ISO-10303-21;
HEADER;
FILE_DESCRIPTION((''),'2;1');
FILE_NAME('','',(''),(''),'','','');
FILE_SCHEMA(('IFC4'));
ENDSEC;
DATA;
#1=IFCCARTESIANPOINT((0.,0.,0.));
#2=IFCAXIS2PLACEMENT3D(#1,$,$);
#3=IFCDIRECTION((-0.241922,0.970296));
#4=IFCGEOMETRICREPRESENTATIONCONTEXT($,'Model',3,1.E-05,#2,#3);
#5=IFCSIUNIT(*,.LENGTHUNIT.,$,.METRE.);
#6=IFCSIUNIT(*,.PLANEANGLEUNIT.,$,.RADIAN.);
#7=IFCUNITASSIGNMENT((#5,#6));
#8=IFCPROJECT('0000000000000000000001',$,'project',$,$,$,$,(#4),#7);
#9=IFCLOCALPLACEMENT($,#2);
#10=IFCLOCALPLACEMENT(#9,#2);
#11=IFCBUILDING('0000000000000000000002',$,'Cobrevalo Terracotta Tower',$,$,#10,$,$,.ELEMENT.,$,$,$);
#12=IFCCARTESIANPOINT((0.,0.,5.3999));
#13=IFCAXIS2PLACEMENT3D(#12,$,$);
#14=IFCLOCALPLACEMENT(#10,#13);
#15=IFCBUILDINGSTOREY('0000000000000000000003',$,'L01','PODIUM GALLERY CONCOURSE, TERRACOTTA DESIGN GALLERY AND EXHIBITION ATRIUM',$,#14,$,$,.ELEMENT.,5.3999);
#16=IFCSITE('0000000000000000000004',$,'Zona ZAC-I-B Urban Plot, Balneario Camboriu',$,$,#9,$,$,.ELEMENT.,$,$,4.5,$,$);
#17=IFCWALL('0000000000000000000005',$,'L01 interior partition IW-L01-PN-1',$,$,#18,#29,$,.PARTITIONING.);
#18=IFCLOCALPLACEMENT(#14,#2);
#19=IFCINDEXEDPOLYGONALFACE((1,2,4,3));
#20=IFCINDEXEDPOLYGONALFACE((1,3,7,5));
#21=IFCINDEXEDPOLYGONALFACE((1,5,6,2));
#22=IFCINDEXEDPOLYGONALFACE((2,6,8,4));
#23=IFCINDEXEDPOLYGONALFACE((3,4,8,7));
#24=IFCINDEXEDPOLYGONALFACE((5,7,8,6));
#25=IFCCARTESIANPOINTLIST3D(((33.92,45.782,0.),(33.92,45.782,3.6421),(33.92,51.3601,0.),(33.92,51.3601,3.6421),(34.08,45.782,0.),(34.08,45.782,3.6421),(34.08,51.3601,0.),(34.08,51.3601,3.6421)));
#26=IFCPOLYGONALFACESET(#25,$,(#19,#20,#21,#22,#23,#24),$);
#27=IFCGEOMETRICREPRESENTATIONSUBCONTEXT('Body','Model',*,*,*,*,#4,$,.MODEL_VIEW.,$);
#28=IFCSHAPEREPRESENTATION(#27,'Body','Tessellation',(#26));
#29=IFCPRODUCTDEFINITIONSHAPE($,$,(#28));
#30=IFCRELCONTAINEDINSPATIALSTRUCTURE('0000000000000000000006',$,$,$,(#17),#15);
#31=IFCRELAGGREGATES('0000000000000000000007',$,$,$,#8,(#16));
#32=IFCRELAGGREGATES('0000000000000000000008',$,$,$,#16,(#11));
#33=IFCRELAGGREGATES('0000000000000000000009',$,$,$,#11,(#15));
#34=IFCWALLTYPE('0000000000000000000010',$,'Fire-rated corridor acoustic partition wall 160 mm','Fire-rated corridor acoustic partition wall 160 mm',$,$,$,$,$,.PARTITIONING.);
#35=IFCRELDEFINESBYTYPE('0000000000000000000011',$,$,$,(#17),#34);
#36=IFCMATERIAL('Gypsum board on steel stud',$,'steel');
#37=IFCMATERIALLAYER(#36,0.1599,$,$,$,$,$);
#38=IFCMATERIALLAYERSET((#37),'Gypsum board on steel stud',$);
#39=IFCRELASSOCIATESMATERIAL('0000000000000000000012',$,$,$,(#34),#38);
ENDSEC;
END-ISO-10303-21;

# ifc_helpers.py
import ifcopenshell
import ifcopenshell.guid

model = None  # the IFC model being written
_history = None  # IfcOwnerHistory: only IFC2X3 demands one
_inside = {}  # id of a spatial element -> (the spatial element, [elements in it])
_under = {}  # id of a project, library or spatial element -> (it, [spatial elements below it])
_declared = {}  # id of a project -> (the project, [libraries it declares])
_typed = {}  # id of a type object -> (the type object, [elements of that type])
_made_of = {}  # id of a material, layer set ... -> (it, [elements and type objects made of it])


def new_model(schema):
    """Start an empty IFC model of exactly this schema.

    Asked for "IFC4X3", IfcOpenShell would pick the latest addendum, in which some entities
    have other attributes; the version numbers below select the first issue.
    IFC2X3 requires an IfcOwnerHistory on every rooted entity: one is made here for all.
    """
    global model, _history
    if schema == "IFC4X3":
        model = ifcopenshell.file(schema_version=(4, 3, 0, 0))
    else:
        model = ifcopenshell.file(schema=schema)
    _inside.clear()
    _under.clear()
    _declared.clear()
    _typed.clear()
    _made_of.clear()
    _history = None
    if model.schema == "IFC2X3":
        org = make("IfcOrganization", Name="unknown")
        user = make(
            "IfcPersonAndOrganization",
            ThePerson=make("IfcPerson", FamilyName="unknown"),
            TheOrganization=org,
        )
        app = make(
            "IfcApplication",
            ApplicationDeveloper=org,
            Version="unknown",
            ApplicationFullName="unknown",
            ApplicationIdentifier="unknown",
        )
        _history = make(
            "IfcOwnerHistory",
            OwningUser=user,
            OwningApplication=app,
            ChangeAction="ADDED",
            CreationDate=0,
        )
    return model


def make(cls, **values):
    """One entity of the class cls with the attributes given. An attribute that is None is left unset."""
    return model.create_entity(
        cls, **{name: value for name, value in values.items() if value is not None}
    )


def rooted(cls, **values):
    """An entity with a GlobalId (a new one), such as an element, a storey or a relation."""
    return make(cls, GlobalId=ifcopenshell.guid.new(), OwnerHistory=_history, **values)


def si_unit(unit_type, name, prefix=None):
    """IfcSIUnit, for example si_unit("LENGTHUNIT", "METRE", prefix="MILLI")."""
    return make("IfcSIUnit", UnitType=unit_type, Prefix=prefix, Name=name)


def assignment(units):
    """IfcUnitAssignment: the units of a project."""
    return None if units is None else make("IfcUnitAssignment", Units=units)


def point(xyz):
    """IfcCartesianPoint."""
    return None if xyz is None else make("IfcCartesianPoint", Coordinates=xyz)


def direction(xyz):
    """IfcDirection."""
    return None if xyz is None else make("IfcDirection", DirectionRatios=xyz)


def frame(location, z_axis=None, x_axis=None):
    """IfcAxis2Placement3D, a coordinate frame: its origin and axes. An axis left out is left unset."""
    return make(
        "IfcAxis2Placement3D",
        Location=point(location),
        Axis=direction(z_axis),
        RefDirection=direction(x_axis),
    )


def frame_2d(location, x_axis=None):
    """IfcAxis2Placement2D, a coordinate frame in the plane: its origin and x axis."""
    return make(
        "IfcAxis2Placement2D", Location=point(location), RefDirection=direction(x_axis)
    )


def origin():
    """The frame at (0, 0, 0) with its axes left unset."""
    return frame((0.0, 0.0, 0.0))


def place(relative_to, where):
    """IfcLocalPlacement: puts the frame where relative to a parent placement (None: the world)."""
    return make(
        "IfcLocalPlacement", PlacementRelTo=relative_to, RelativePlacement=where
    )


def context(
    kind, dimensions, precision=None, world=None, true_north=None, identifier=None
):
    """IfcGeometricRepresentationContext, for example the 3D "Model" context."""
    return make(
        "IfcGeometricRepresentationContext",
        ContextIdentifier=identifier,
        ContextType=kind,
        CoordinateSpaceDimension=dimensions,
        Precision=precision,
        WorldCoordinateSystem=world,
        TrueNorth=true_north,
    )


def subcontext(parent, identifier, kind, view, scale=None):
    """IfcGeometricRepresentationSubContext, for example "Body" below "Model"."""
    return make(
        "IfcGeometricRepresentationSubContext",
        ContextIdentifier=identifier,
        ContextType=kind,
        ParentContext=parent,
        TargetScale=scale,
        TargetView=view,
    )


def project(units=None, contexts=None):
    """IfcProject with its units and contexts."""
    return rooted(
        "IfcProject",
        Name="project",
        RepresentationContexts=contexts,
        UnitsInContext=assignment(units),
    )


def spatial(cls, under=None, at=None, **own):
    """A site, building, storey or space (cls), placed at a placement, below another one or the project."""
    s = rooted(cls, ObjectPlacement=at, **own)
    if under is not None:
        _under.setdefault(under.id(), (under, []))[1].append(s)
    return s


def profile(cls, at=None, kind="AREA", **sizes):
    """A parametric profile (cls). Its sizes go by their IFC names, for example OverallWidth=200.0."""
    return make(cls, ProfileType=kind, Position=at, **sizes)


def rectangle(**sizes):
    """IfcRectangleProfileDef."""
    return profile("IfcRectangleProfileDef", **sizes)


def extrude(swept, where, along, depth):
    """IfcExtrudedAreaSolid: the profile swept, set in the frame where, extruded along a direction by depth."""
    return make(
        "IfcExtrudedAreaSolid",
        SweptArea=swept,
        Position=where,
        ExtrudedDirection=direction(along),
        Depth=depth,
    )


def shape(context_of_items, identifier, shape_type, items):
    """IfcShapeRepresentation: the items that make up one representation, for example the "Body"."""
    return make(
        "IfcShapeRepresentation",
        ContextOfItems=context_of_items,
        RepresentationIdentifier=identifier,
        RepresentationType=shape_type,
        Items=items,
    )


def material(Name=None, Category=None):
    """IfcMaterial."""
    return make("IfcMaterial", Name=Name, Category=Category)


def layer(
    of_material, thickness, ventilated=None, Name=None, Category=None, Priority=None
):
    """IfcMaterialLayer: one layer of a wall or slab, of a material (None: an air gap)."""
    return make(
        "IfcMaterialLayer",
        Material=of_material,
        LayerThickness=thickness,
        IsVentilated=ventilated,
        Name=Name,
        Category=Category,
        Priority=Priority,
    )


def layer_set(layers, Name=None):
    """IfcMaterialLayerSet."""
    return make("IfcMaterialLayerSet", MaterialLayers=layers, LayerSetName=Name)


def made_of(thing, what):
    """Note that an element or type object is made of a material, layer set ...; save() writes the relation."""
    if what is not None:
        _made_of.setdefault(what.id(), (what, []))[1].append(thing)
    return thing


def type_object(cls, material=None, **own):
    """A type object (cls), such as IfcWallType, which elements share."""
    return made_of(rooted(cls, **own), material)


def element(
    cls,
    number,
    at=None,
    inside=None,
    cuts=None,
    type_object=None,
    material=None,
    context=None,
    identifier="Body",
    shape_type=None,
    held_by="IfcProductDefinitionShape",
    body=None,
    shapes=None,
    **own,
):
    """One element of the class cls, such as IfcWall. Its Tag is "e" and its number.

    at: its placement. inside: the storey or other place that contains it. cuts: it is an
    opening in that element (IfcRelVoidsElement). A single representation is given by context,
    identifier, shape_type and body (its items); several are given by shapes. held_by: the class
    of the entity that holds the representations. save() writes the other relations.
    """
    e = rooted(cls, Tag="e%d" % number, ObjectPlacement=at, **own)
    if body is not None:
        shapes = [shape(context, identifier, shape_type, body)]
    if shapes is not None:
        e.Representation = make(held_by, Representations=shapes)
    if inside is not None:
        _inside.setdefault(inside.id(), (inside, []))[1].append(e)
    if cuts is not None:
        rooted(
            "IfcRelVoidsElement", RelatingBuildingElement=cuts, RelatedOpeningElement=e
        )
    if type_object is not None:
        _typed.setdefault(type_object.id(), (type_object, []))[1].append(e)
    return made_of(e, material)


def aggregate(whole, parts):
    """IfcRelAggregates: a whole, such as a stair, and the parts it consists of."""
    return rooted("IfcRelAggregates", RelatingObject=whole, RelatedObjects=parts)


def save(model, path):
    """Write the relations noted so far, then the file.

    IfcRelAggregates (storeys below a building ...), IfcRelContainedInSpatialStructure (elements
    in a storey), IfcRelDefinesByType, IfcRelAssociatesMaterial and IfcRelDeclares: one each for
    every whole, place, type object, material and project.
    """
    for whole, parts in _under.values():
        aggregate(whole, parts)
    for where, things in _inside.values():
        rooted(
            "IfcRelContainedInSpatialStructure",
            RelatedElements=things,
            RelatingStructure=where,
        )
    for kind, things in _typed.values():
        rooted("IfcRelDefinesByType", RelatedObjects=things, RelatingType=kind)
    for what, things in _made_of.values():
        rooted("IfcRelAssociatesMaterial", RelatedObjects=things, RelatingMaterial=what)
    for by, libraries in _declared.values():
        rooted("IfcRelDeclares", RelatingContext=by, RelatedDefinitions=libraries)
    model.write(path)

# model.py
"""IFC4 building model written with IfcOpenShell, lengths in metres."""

from ifc_helpers import new_model, si_unit, direction, frame, frame_2d, origin, place, context, subcontext, project, spatial, rectangle, extrude, material, layer, layer_set, type_object, element, save


model = new_model("IFC4")

# Units and contexts
model_context = context("Model", 3, precision=1e-05, world=origin(), true_north=direction((-0.241922, 0.970296)))
body_context = subcontext(model_context, "Body", "Model", "MODEL_VIEW")
ifc_project = project(units=[si_unit("LENGTHUNIT", "METRE"), si_unit("PLANEANGLEUNIT", "RADIAN")], contexts=[model_context])

# Site, building, storey
site_placement = place(None, origin())
site = spatial("IfcSite", under=ifc_project, at=site_placement, Name="Zona ZAC-I-B Urban Plot, Balneario Camboriu", CompositionType="ELEMENT", RefElevation=4.5)
building_placement = place(site_placement, origin())
building = spatial("IfcBuilding", under=site, at=building_placement, Name="Cobrevalo Terracotta Tower", CompositionType="ELEMENT")
storey_placement = place(building_placement, frame((0.0, 0.0, 5.3999)))
storey = spatial("IfcBuildingStorey", under=building, at=storey_placement, Name="L01", Description="PODIUM GALLERY CONCOURSE, TERRACOTTA DESIGN GALLERY AND EXHIBITION ATRIUM", CompositionType="ELEMENT", Elevation=5.3999)

# Wall
ifc_material_1 = material(Name="Gypsum board on steel stud", Category="steel")
ifc_layer_1 = layer(ifc_material_1, 0.1599)
ifc_layer_set_1 = layer_set([ifc_layer_1], Name="Gypsum board on steel stud")
wall_type = type_object("IfcWallType", Name="Fire-rated corridor acoustic partition wall 160 mm", Description="Fire-rated corridor acoustic partition wall 160 mm", PredefinedType="PARTITIONING", material=ifc_layer_set_1)
wall_placement = place(storey_placement, frame((34.0, 45.782, 0.0), z_axis=(0.0, 0.0, 1.0), x_axis=(0.0, 1.0, 0.0)))
element("IfcWall", 1, at=wall_placement, inside=storey, type_object=wall_type, Name="L01 interior partition IW-L01-PN-1", PredefinedType="PARTITIONING", context=body_context, shape_type="SweptSolid", body=[
    extrude(rectangle(XDim=5.5781, YDim=0.1599, at=frame_2d((2.7891, 0.0))), origin(), (0.0, 0.0, 1.0), 3.6421),
])

save(model, "model.ifc")
